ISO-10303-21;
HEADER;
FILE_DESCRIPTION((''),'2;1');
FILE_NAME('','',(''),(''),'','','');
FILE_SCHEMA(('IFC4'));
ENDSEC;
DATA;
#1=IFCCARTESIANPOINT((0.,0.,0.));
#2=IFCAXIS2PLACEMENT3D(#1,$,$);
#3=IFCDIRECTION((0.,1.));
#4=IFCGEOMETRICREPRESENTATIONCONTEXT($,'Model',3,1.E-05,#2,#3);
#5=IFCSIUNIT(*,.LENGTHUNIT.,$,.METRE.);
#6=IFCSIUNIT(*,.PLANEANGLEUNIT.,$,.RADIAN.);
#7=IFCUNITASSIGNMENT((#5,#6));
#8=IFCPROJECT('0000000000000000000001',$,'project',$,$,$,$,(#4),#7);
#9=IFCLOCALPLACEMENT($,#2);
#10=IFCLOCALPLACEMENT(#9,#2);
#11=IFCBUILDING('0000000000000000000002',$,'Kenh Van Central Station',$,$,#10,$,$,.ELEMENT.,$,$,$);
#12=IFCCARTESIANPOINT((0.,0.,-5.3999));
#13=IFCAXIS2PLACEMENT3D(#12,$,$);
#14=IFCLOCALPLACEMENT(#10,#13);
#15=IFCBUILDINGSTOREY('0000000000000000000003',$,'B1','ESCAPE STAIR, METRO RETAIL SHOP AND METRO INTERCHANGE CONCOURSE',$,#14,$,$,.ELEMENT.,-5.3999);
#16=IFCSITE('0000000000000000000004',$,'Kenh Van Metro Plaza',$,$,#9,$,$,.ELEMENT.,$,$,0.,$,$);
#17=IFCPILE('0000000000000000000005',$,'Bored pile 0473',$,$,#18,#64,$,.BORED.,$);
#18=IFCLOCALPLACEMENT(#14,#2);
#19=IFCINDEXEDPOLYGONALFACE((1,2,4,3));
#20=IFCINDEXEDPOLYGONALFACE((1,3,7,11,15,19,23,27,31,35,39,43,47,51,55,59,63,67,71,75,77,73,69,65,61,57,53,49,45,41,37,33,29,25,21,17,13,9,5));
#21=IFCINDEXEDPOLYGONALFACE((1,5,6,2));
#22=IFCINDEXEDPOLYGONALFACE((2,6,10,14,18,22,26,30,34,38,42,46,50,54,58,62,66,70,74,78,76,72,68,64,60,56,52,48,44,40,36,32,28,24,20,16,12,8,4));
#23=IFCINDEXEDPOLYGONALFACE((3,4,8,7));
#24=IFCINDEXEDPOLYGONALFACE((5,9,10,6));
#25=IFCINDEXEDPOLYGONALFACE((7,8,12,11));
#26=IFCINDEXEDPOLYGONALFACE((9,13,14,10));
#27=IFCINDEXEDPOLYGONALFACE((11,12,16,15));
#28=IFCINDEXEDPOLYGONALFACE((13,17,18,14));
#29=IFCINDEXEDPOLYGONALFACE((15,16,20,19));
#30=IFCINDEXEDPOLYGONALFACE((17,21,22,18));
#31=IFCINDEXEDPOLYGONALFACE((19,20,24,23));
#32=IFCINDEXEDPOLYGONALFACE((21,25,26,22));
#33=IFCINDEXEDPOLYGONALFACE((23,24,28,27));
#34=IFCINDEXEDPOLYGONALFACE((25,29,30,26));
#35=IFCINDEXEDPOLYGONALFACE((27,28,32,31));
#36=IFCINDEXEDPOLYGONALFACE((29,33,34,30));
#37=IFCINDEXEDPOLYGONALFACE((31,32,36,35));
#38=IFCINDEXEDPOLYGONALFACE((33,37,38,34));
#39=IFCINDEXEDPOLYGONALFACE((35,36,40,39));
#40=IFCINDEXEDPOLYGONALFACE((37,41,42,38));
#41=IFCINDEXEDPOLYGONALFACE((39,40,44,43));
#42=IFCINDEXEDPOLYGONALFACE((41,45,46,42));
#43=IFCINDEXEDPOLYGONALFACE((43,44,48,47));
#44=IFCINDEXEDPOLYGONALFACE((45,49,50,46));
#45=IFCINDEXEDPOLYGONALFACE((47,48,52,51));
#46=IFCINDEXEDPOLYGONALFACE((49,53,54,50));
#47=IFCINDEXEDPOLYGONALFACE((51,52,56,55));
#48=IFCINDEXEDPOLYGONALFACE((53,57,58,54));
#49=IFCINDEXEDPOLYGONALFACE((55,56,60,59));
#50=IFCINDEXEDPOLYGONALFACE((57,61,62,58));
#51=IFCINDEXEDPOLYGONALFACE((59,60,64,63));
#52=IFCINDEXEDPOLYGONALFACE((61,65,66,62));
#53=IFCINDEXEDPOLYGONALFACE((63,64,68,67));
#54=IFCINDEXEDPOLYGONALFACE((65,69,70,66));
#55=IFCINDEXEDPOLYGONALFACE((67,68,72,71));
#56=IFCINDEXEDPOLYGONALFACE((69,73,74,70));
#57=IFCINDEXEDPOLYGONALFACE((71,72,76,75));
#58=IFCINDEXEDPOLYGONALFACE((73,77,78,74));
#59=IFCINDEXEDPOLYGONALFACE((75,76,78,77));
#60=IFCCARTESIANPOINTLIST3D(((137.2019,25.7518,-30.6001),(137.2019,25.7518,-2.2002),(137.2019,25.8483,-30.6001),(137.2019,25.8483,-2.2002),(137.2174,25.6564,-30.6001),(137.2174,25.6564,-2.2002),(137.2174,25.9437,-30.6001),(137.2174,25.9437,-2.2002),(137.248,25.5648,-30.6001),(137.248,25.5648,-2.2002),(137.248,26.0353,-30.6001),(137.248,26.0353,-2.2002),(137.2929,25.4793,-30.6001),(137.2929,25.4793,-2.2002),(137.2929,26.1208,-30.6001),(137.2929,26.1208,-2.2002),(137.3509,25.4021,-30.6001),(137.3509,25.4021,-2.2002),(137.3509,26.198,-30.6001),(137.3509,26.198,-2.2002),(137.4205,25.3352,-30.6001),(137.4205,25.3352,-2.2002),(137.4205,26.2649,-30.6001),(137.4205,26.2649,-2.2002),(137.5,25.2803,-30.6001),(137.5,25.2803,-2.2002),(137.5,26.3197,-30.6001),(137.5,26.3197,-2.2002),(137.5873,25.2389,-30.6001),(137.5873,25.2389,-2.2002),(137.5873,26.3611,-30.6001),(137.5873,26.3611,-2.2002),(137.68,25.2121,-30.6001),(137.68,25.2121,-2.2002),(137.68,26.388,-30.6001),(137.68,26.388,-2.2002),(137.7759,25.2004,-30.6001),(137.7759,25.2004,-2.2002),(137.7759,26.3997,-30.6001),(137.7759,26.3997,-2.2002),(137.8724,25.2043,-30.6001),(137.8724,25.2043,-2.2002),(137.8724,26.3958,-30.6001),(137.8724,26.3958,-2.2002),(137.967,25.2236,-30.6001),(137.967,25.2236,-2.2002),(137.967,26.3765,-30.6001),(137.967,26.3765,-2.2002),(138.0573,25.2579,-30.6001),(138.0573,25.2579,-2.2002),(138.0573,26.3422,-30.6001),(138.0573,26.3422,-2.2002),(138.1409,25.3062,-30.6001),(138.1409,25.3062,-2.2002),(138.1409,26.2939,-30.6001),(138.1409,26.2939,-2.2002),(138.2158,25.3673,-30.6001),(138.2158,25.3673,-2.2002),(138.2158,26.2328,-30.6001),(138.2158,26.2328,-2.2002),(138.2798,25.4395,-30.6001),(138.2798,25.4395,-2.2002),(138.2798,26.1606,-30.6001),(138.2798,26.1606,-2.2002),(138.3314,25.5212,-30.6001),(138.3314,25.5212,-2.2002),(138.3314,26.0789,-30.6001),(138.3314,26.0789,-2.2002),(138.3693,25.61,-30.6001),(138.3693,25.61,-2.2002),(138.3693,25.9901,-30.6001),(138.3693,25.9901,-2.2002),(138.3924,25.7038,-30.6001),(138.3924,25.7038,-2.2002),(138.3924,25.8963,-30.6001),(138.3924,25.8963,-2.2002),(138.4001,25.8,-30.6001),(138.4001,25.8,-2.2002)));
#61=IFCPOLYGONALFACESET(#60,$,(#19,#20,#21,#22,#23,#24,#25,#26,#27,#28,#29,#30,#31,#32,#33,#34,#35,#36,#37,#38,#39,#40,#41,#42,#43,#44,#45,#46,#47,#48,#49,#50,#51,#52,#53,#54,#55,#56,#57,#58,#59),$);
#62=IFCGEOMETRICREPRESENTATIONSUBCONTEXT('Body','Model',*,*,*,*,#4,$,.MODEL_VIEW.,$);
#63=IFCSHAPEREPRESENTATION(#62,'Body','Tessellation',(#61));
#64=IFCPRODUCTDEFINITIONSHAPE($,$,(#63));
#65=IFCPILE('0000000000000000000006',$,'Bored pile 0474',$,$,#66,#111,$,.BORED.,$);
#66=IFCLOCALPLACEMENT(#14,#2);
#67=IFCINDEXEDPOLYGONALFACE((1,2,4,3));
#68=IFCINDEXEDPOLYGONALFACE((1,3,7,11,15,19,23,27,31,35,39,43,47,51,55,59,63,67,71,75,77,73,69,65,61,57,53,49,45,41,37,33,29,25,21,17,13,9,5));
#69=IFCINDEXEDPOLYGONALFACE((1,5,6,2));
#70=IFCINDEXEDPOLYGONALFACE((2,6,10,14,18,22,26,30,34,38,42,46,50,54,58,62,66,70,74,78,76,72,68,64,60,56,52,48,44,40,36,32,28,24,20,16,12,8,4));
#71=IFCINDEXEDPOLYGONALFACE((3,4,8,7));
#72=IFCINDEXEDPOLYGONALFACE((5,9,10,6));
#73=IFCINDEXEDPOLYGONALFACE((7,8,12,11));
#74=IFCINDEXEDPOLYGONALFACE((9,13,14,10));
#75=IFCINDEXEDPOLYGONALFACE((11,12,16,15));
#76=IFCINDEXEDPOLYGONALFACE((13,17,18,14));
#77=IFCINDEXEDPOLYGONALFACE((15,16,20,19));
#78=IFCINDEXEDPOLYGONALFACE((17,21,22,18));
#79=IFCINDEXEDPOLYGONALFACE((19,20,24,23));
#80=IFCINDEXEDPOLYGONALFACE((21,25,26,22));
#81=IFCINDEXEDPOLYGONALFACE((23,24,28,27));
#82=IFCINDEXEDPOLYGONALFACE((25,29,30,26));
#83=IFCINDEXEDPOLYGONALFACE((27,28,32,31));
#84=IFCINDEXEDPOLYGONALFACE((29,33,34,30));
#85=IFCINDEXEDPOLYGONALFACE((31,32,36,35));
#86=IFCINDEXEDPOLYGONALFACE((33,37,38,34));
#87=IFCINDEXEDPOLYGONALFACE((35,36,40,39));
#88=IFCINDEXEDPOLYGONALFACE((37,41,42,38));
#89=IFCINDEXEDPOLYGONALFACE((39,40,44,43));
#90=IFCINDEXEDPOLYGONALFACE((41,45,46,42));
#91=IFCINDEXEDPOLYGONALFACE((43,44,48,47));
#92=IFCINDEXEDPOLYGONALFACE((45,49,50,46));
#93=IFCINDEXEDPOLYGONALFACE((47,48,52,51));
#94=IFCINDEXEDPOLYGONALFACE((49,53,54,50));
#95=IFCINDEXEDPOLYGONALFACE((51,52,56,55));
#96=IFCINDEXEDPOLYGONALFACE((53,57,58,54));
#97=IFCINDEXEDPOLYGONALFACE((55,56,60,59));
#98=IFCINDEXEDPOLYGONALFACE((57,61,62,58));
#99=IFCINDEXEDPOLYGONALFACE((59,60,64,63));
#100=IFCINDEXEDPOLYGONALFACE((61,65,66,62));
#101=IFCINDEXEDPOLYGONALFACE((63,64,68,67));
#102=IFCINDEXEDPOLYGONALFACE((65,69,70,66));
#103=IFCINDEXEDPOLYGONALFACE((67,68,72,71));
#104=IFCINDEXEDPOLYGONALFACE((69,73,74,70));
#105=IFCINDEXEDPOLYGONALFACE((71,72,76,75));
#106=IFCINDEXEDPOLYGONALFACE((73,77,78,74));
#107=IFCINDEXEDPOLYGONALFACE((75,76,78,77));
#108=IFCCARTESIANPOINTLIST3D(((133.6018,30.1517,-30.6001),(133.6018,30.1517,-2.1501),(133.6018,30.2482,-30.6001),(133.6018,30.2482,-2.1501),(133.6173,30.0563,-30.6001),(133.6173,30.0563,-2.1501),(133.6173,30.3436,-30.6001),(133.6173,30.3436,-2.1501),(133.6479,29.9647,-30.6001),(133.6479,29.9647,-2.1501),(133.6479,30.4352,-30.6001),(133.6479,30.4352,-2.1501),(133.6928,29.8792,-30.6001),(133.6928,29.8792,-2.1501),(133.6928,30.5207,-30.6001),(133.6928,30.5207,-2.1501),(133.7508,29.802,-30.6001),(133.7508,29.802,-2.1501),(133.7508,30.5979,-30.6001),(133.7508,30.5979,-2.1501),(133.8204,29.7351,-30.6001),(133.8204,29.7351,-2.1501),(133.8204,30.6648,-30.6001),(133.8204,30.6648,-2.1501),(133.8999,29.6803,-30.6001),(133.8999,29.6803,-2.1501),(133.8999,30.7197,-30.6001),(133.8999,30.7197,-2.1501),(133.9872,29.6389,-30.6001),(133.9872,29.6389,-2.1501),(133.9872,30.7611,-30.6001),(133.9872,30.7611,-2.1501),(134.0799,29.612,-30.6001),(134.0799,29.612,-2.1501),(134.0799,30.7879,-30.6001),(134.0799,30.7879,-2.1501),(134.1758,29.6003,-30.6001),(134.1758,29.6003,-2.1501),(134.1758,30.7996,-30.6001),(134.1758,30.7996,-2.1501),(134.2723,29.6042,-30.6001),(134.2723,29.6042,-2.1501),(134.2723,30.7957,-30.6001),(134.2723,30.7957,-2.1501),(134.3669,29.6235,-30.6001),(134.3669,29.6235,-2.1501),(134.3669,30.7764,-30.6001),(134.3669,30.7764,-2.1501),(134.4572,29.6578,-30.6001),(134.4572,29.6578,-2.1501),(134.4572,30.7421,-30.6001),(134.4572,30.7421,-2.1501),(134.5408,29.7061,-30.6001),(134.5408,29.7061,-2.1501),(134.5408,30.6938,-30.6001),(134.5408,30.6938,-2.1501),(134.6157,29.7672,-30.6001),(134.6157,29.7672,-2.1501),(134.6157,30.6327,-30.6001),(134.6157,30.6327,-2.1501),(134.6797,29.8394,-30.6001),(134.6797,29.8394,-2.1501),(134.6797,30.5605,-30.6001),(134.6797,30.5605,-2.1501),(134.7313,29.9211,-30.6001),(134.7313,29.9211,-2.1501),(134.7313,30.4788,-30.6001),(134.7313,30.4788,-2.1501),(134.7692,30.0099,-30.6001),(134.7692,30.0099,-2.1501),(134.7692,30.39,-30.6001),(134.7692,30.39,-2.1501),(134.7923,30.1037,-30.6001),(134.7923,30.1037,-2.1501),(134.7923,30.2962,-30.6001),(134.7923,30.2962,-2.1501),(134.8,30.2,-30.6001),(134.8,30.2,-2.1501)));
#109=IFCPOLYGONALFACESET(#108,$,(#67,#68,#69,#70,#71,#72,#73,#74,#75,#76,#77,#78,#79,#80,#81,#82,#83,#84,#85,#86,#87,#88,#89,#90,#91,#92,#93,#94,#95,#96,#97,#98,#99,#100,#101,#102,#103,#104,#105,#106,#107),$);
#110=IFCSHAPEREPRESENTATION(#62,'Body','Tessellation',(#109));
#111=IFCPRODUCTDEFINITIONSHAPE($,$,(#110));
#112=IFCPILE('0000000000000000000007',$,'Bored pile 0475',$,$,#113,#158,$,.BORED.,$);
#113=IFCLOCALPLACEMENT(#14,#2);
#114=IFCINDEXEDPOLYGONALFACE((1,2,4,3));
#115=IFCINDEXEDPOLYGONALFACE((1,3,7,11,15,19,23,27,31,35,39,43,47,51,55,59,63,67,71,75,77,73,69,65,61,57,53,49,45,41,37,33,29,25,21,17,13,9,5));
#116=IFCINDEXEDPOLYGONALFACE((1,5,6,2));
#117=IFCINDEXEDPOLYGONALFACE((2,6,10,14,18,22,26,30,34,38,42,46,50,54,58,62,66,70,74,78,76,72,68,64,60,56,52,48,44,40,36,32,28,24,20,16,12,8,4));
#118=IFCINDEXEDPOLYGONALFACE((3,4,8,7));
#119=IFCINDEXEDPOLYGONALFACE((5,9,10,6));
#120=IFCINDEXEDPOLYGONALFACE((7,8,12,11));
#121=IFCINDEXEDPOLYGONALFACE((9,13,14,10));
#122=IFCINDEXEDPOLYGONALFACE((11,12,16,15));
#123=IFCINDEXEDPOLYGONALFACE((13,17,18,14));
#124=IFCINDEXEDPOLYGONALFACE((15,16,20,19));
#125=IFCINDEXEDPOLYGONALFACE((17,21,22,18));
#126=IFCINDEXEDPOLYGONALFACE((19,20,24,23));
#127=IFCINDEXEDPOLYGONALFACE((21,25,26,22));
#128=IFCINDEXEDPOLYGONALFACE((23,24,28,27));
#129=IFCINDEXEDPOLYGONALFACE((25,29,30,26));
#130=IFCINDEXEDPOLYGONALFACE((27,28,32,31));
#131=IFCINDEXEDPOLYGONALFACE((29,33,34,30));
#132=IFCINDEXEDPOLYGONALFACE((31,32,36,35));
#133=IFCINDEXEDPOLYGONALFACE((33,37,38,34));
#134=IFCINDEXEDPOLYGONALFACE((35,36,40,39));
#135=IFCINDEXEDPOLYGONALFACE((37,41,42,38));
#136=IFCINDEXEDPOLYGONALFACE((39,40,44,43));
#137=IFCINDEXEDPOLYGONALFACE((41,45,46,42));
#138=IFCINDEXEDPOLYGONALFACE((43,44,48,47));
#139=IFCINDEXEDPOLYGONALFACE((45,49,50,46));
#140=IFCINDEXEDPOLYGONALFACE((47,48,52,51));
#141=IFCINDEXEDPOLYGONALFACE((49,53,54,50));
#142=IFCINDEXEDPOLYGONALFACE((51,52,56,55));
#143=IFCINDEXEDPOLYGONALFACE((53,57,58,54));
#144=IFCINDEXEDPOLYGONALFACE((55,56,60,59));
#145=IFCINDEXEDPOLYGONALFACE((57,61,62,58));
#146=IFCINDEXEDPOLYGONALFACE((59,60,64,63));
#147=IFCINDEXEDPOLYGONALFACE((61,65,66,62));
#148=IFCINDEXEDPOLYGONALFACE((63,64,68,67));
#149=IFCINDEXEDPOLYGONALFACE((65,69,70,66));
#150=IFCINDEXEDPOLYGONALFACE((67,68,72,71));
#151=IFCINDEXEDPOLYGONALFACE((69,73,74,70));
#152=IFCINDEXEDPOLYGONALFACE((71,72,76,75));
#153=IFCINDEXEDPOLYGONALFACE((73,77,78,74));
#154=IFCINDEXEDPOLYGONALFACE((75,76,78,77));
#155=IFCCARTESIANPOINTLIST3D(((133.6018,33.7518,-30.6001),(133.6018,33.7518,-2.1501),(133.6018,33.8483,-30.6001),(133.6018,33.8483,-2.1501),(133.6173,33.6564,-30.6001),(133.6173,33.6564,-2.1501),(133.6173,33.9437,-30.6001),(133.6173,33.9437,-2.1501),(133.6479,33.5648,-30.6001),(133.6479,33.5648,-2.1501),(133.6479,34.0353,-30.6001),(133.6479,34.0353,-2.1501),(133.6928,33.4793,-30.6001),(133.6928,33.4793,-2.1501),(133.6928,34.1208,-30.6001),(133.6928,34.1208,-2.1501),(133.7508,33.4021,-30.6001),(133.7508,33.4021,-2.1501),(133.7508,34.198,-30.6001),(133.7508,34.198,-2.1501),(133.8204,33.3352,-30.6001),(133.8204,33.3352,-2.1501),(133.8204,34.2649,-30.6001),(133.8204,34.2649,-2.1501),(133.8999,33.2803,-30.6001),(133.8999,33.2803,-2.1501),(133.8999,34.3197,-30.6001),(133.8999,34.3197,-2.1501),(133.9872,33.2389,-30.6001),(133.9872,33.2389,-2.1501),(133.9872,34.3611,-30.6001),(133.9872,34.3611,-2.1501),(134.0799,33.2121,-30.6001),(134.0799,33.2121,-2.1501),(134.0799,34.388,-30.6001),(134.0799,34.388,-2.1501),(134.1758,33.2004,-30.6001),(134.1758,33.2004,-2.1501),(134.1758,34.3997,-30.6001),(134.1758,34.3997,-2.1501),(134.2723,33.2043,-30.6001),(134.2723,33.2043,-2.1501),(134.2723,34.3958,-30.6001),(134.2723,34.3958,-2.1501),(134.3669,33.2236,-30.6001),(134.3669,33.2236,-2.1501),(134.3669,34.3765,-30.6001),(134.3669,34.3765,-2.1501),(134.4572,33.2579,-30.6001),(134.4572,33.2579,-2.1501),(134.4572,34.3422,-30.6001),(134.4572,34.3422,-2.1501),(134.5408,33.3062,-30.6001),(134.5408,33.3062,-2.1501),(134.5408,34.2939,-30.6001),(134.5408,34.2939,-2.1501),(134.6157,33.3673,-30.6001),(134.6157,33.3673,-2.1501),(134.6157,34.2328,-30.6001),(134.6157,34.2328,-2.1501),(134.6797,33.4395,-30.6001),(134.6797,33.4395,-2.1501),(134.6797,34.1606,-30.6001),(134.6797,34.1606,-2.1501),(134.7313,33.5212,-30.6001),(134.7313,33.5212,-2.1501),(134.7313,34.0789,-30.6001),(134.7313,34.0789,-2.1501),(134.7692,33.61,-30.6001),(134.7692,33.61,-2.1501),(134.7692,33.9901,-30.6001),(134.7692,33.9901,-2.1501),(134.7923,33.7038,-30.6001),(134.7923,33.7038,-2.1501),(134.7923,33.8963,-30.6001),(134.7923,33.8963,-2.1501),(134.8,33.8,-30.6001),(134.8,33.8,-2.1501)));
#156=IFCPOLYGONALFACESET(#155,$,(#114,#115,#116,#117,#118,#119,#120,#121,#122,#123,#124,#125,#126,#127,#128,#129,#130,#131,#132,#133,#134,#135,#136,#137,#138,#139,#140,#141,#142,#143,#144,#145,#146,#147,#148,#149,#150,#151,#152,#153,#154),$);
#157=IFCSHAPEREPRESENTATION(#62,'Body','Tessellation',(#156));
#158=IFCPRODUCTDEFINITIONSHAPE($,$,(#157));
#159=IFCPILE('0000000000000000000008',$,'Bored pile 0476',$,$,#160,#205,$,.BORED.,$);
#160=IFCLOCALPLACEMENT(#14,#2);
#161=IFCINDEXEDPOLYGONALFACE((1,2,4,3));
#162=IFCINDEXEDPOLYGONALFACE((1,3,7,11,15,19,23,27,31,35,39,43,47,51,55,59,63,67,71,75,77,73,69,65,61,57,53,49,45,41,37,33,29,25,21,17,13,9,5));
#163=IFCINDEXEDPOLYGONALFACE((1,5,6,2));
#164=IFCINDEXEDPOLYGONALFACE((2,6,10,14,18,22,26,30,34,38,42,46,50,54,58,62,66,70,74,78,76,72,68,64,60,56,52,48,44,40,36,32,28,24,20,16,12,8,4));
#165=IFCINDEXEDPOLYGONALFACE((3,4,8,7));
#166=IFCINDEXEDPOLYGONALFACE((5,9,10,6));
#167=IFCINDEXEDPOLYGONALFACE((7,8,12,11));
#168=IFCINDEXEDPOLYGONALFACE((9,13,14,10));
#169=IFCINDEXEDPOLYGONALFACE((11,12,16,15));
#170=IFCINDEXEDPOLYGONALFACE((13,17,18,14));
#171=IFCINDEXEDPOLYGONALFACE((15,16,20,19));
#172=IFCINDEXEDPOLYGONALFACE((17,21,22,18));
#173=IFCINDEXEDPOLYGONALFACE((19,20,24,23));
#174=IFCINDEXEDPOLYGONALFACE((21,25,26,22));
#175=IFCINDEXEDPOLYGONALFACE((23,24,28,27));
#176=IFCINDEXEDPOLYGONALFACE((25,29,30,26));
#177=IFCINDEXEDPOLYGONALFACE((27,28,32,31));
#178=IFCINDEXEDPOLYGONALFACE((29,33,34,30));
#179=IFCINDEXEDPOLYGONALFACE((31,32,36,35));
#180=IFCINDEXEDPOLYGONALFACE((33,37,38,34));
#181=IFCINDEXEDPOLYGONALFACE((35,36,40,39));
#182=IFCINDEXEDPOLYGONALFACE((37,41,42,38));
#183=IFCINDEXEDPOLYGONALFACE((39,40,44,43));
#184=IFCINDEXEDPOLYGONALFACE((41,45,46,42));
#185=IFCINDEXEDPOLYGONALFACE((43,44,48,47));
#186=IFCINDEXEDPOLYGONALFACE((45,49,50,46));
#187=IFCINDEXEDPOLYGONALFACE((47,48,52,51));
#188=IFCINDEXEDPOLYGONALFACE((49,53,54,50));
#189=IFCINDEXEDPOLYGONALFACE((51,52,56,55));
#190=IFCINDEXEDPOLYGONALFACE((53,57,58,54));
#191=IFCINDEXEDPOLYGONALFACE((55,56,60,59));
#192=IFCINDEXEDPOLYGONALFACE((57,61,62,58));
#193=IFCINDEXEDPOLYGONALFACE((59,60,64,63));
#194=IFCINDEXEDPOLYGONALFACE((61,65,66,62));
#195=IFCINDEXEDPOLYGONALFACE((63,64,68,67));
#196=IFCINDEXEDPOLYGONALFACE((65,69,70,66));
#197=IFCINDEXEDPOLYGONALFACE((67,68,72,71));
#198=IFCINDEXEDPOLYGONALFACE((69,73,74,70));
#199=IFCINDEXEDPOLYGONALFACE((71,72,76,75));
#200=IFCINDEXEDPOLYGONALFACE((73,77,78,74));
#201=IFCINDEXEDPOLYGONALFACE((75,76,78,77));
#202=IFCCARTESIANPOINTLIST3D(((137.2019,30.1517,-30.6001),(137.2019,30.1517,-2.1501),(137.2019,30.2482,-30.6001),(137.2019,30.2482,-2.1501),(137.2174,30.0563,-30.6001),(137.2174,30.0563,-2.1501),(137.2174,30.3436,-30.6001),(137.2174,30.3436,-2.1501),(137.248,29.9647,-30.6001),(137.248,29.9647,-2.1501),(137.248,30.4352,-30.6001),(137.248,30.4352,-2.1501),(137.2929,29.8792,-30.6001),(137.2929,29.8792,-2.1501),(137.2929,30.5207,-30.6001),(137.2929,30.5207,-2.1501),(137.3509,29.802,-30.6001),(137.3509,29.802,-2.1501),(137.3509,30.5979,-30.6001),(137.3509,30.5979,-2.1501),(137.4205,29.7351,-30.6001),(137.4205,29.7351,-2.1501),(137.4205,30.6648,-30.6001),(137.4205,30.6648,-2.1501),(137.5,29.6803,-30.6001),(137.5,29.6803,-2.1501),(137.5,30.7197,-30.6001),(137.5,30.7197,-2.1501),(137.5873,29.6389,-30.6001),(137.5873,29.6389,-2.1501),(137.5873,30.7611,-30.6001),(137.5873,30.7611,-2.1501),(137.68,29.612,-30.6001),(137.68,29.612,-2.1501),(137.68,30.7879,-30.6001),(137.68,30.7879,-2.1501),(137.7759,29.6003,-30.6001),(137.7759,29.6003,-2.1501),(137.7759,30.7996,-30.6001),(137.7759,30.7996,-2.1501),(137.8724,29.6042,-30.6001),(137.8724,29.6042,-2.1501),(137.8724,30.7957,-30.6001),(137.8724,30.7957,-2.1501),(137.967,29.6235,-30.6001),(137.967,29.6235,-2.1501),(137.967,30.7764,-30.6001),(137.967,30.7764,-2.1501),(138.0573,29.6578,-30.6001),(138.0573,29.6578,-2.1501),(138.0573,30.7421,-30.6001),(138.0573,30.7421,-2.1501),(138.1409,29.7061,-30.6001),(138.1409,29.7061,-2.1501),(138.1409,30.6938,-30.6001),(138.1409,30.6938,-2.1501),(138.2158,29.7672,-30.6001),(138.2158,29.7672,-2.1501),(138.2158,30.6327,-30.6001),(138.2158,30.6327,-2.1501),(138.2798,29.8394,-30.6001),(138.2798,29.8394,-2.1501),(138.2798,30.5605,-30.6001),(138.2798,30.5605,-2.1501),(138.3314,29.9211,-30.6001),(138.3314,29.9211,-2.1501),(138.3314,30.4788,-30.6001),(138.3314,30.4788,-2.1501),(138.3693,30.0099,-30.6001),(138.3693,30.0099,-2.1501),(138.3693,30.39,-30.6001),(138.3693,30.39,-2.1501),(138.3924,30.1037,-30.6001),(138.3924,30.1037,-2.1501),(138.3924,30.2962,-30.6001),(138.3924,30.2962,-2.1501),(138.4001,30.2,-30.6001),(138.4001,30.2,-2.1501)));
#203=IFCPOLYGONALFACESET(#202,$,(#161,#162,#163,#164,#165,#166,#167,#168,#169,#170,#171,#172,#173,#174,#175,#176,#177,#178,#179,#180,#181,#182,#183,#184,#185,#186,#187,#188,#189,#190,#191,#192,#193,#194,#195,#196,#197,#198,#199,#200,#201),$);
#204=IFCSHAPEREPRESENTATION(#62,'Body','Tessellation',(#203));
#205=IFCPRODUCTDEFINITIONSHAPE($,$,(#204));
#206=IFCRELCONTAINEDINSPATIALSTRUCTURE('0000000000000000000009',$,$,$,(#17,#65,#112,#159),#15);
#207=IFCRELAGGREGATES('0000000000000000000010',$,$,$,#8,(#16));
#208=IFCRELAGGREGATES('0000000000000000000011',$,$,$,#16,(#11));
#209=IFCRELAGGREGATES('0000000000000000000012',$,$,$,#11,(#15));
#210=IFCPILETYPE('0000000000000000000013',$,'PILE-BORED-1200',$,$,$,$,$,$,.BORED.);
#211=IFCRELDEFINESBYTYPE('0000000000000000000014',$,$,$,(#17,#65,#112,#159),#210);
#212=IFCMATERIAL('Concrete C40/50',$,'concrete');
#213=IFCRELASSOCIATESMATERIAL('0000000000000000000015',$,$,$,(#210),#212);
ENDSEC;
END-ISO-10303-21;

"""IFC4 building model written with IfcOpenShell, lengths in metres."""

from ifc_helpers import new_model, si_unit, direction, frame, origin, origin_2d, place, context, subcontext, project, spatial, circle, extrude, material, material_profile, profile_set, type_object, element, save


model = new_model("IFC4")

# Units and contexts
model_context = context("Model", 3, precision=1e-05, world=origin(), true_north=direction((0.0, 1.0)))
body_context = subcontext(model_context, "Body", "Model", "MODEL_VIEW")
ifc_project = project(units=[si_unit("LENGTHUNIT", "METRE"), si_unit("PLANEANGLEUNIT", "RADIAN")], contexts=[model_context])

# Site, building, storey
site_placement = place(None, origin())
site = spatial("IfcSite", under=ifc_project, at=site_placement, Name="Kenh Van Metro Plaza", CompositionType="ELEMENT", RefElevation=0.0)
building_placement = place(site_placement, origin())
building = spatial("IfcBuilding", under=site, at=building_placement, Name="Kenh Van Central Station", CompositionType="ELEMENT")
storey_placement = place(building_placement, frame((0.0, 0.0, -5.3999)))
storey = spatial("IfcBuildingStorey", under=building, at=storey_placement, Name="B1", Description="ESCAPE STAIR, METRO RETAIL SHOP AND METRO INTERCHANGE CONCOURSE", CompositionType="ELEMENT", Elevation=-5.3999)

# Shared definitions
ifc_material_1 = material(Name="Concrete C40/50", Category="concrete")

# Piles
ifc_material_profile_1 = material_profile(ifc_material_1, circle(Radius=0.6001, at=origin_2d()), Name="PILE D1200")
ifc_profile_set_1 = profile_set([ifc_material_profile_1], Name="Concrete C40/50")
pile_type_1 = type_object("IfcPileType", Name="PILE-BORED-1200", PredefinedType="BORED", material=ifc_profile_set_1)
for number, where, z_axis, x_axis, name in (
    (1, (137.8, 25.8, -2.2002), (0.0, 0.0, -1.0), (1.0, 0.0, 0.0), "Bored pile 0473"),
):
    element("IfcPile", number, at=place(storey_placement, frame(where, z_axis=z_axis, x_axis=x_axis)), inside=storey, type_object=pile_type_1, Name=name, PredefinedType="BORED", context=body_context, shape_type="SweptSolid", body=[
        extrude(circle(Radius=0.6001, at=origin_2d()), origin(), (0.0, 0.0, 1.0), 28.3999),
    ])
for number, where, z_axis, x_axis, name in (
    (2, (134.2, 30.2, -2.1501), (0.0, 0.0, -1.0), (1.0, 0.0, 0.0), "Bored pile 0474"),
    (3, (134.2, 33.8, -2.1501), (0.0, 0.0, -1.0), (1.0, 0.0, 0.0), "Bored pile 0475"),
    (4, (137.8, 30.2, -2.1501), (0.0, 0.0, -1.0), (1.0, 0.0, 0.0), "Bored pile 0476"),
):
    element("IfcPile", number, at=place(storey_placement, frame(where, z_axis=z_axis, x_axis=x_axis)), inside=storey, type_object=pile_type_1, Name=name, PredefinedType="BORED", context=body_context, shape_type="SweptSolid", body=[
        extrude(circle(Radius=0.6001, at=origin_2d()), origin(), (0.0, 0.0, 1.0), 28.45),
    ])

save(model, "model.ifc")
